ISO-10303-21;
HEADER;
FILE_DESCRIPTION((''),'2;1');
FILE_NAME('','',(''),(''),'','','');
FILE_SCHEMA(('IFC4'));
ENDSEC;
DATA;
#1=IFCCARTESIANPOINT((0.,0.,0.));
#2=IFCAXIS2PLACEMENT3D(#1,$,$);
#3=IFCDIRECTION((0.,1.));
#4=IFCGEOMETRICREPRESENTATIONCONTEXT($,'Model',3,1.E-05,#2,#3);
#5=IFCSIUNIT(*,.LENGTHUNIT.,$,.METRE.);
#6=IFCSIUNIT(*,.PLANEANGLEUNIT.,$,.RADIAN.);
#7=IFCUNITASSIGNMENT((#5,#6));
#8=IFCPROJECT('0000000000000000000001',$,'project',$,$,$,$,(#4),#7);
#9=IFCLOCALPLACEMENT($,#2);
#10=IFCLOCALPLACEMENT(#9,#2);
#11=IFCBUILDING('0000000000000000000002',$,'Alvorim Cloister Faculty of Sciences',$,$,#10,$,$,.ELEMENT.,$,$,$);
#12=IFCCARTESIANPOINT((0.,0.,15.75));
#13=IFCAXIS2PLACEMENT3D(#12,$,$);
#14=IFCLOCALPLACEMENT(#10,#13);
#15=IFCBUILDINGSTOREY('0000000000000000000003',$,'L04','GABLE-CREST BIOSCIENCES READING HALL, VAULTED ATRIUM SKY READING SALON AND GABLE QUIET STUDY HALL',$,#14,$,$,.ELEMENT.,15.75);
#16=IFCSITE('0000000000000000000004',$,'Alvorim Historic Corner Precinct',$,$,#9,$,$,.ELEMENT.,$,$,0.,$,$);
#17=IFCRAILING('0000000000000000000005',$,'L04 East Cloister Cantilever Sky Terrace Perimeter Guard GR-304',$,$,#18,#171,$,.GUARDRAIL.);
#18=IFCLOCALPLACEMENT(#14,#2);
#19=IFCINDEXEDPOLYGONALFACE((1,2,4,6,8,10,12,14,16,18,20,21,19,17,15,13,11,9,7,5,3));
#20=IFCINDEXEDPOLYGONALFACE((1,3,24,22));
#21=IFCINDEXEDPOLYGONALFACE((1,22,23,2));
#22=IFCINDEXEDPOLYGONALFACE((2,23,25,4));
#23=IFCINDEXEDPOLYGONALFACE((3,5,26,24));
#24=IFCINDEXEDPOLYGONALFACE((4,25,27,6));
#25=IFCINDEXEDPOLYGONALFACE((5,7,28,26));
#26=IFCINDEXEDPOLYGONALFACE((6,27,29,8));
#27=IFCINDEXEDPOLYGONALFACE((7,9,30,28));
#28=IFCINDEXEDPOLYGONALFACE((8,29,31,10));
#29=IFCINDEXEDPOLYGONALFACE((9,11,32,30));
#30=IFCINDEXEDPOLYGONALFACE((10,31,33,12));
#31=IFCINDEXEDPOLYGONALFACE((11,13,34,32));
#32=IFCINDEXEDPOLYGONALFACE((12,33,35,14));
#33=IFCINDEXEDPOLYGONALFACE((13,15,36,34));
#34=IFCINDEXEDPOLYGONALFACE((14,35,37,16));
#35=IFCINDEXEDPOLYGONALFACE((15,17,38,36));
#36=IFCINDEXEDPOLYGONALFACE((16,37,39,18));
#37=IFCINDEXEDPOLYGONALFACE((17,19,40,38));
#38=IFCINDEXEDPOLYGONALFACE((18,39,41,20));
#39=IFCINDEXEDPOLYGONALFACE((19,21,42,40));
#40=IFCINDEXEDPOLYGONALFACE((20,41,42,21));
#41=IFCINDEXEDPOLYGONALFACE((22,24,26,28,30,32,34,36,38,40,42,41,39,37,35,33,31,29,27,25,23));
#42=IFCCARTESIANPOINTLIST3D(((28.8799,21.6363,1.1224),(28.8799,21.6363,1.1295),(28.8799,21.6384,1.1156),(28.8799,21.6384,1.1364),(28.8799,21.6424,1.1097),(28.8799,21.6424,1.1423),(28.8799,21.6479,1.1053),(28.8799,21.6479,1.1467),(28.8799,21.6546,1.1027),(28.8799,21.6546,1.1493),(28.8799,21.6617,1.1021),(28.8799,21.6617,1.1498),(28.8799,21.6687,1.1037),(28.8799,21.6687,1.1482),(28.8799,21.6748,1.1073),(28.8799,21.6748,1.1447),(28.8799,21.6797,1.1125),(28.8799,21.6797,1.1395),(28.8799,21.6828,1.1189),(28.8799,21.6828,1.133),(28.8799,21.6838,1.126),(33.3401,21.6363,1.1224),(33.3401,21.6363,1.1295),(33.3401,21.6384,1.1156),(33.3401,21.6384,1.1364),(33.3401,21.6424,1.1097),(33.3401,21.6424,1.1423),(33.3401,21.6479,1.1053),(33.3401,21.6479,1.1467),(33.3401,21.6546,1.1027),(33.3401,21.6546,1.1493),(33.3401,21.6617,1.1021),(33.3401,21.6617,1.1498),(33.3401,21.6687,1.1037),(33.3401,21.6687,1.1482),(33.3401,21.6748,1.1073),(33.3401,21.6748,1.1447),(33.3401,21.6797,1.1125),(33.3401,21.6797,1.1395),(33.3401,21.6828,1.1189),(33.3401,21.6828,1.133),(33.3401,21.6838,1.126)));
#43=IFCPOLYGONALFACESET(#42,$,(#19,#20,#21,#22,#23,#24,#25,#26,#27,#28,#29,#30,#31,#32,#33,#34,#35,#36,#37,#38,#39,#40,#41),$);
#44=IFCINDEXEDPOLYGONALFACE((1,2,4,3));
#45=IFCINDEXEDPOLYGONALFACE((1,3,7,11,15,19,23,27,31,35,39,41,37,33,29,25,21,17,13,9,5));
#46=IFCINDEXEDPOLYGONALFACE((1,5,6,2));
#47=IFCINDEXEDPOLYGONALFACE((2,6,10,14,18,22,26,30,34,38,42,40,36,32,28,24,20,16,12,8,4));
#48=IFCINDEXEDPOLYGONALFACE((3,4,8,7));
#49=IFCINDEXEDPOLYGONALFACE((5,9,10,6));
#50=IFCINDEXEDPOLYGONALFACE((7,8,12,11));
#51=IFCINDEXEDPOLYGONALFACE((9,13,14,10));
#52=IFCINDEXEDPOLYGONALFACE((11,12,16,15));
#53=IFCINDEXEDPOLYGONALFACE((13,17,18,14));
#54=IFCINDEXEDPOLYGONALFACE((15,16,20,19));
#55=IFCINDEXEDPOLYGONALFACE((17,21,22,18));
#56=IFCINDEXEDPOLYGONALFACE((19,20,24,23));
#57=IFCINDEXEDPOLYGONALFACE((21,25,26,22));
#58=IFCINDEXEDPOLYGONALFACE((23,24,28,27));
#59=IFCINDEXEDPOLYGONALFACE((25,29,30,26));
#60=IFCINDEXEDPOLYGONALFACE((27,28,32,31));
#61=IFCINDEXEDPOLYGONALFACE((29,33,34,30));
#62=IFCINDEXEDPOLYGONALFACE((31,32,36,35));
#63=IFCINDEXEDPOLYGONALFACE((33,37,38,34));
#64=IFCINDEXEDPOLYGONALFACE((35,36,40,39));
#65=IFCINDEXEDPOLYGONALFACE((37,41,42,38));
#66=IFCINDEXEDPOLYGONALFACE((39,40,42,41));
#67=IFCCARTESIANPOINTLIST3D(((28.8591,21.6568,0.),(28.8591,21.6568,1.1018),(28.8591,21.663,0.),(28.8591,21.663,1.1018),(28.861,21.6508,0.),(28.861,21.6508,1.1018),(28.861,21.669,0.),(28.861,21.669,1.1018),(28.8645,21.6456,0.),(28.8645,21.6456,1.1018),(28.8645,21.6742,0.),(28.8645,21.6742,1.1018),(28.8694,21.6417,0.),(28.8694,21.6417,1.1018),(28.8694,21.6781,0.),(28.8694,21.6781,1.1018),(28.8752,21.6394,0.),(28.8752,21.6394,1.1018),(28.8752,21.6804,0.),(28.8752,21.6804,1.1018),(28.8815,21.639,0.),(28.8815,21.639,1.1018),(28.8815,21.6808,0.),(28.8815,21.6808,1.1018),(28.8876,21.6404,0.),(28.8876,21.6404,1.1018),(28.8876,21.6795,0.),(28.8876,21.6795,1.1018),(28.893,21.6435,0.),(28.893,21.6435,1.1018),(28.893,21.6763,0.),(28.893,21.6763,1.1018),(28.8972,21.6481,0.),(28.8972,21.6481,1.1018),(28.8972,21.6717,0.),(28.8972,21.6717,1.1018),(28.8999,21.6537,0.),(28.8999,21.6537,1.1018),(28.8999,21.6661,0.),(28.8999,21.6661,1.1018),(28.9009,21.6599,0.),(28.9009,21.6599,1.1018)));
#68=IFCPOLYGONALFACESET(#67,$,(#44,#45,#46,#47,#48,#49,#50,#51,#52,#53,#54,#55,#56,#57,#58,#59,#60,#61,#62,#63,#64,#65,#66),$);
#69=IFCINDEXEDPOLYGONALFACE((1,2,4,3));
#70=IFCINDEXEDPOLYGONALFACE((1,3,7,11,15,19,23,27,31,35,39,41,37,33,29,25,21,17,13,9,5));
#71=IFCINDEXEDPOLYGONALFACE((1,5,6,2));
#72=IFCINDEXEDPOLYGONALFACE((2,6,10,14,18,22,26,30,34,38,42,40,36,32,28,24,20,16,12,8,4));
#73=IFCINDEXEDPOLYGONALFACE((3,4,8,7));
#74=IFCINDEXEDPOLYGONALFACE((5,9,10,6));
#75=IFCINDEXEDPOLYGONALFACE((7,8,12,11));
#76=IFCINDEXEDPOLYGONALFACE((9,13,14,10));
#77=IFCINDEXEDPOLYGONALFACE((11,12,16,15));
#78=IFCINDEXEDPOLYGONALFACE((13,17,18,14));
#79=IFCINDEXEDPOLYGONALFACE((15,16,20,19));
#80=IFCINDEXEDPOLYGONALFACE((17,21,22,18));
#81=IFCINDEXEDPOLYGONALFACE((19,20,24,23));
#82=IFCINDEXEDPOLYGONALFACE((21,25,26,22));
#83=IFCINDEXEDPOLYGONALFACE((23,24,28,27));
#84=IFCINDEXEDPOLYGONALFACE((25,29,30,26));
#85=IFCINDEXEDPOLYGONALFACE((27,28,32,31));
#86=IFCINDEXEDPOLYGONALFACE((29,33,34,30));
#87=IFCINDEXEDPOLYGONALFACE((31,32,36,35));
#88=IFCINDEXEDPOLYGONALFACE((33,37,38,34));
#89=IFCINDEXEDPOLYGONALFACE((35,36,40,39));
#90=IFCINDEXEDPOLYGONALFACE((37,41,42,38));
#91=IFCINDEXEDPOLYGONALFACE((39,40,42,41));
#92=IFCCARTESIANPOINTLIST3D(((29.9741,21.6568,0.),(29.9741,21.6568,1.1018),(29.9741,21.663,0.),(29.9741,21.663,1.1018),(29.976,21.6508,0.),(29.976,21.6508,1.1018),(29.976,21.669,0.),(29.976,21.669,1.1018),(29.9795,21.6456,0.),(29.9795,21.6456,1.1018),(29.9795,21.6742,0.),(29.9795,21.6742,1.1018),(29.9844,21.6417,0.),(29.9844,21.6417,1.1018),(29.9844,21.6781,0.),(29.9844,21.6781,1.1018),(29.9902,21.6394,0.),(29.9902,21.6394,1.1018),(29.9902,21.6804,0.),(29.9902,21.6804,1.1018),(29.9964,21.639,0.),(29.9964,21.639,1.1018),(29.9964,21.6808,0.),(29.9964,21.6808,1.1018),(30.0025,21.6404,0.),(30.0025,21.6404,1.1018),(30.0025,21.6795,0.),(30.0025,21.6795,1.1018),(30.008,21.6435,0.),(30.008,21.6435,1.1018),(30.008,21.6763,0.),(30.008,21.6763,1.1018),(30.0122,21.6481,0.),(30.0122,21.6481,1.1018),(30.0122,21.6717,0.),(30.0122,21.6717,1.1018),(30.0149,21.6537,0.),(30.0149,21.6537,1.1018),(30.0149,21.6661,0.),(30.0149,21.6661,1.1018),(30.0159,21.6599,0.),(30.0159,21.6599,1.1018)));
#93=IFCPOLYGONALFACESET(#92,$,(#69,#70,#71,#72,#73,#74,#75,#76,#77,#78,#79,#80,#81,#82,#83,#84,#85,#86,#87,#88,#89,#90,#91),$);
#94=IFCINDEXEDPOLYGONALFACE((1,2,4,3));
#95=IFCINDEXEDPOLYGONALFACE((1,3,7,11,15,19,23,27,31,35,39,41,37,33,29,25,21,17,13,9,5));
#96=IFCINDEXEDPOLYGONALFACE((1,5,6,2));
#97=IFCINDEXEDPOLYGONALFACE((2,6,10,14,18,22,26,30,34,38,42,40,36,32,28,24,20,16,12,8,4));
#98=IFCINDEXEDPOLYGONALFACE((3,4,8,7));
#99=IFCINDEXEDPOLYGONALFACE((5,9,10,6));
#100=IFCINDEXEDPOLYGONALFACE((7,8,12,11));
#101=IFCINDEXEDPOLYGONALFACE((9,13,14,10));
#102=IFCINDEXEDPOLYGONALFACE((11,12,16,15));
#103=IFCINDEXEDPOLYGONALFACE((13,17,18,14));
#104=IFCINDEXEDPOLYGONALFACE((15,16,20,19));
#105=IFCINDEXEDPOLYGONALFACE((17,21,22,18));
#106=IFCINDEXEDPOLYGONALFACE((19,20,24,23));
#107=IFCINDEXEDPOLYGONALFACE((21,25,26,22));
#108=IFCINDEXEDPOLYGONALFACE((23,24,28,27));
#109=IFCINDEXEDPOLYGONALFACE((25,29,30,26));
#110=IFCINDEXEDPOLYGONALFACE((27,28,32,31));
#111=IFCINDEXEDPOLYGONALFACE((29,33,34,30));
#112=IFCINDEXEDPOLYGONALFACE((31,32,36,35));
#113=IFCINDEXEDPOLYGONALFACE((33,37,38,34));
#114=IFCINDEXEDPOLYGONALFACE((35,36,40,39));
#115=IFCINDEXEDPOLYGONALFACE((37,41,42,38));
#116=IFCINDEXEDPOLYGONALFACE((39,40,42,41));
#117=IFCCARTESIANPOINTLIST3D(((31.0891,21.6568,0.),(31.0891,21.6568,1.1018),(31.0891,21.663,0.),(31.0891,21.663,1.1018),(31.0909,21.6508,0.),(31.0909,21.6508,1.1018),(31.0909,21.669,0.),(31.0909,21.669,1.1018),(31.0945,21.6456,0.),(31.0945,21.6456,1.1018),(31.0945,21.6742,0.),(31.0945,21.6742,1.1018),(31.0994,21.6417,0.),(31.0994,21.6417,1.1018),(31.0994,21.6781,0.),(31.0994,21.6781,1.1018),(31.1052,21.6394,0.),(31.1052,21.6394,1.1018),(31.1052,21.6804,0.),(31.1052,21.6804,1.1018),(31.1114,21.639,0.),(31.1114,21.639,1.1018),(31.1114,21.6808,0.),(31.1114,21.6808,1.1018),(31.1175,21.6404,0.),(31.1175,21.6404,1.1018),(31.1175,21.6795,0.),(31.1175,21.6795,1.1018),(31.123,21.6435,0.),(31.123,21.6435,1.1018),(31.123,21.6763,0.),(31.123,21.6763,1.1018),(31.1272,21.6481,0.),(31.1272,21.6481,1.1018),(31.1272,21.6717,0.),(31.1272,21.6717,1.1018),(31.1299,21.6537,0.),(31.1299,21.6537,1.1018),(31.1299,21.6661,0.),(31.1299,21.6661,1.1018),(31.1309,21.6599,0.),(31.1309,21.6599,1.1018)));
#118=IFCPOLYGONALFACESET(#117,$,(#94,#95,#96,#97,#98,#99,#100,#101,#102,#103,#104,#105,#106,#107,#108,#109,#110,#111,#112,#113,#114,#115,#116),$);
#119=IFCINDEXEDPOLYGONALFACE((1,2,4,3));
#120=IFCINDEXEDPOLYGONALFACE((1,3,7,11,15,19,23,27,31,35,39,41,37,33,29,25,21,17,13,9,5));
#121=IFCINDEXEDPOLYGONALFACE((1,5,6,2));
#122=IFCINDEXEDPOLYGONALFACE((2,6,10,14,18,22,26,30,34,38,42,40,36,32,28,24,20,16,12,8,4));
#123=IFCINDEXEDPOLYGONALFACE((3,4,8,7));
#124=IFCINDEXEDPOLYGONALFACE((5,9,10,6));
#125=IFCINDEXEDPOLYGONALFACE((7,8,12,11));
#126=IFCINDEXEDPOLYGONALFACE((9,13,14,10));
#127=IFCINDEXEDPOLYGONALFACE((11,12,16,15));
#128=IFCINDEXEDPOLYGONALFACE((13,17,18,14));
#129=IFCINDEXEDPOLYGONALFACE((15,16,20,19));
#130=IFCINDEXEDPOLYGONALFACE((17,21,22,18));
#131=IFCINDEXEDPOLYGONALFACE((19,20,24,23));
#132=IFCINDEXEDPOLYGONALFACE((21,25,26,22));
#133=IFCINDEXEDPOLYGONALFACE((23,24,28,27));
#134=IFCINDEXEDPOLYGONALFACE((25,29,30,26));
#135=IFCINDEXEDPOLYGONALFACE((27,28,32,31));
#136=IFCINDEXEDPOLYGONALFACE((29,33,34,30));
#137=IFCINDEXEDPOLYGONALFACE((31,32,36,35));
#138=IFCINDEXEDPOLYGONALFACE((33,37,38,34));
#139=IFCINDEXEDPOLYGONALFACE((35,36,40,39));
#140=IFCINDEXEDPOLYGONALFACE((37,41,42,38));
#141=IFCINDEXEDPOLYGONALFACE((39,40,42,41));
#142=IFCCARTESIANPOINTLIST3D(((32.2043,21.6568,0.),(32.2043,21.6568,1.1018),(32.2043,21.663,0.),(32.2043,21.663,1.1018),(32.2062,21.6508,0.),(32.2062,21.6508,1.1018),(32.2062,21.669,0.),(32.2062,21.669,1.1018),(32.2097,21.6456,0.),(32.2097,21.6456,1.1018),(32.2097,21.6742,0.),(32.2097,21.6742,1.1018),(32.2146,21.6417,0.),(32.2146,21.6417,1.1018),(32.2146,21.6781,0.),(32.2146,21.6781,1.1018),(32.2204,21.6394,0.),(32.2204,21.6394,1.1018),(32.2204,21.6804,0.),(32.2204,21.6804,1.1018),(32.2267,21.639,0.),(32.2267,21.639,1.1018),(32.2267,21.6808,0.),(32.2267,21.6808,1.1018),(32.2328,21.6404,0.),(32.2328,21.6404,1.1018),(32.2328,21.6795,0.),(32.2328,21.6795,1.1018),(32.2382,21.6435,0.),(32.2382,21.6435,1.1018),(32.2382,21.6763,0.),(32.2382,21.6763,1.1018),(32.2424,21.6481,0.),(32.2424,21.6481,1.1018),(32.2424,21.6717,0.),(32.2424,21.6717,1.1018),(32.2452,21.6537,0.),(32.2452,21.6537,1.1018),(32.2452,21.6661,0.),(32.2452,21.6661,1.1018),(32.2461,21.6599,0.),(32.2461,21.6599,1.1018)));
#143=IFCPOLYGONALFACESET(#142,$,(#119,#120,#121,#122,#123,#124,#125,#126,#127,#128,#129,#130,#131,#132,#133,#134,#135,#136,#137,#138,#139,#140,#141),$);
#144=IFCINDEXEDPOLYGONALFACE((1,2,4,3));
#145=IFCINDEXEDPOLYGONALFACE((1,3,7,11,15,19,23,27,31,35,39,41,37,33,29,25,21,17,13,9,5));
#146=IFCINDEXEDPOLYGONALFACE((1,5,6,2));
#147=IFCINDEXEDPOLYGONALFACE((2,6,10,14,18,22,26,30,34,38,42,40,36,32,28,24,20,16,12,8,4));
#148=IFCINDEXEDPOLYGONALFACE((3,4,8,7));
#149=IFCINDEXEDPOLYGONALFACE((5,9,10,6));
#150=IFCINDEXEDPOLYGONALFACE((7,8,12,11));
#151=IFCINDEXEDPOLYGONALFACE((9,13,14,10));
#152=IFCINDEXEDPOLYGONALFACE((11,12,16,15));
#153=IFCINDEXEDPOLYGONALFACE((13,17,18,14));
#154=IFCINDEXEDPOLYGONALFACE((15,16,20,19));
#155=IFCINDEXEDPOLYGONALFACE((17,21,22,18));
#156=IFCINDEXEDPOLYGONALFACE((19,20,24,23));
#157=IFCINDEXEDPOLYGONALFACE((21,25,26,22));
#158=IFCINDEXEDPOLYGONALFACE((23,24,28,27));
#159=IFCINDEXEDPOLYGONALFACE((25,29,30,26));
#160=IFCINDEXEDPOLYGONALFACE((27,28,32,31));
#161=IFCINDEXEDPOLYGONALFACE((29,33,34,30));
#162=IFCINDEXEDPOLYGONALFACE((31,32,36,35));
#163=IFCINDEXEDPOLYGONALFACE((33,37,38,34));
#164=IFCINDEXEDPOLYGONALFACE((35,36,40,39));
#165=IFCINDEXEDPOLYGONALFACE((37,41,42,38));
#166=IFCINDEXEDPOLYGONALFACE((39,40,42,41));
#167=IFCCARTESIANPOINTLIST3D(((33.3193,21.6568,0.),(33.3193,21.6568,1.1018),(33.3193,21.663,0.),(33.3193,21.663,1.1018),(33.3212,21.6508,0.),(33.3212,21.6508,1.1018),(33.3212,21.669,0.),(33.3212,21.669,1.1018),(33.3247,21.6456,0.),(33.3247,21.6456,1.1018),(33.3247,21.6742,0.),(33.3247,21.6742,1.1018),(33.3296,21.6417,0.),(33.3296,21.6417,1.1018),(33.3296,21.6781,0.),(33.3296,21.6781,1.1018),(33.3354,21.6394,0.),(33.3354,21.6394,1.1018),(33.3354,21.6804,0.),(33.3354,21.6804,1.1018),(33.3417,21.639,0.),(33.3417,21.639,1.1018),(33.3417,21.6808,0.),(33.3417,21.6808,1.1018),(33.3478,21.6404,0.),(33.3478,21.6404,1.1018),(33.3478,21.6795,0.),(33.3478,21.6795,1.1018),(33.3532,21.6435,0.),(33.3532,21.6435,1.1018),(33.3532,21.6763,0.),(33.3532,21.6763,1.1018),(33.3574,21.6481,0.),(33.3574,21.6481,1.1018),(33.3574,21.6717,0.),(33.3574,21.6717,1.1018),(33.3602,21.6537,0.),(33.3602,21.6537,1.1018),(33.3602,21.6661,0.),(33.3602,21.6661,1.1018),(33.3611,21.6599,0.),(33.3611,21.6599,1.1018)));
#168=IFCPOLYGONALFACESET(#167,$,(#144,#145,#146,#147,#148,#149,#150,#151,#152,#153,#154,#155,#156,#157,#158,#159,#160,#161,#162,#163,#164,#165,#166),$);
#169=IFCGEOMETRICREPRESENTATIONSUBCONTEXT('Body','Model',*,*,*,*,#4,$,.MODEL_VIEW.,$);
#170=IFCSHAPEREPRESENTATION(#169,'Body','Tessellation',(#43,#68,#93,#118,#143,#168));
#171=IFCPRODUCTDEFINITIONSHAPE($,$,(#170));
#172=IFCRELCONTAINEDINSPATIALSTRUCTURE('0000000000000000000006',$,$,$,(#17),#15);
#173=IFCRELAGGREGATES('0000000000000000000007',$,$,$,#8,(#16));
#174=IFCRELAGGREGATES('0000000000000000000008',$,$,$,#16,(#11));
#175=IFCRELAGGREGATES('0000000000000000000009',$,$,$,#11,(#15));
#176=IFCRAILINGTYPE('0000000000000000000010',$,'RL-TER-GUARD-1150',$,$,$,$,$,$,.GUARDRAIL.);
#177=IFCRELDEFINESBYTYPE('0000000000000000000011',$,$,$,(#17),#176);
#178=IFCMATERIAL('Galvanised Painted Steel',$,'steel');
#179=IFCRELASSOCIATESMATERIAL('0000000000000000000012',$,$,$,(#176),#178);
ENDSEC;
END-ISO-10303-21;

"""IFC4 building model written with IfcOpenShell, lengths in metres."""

from ifc_helpers import new_model, si_unit, direction, frame, origin, origin_2d, place, context, subcontext, project, spatial, circle, extrude, material, type_object, element, save


model = new_model("IFC4")

# Units and contexts
model_context = context("Model", 3, precision=1e-05, world=origin(), true_north=direction((0.0, 1.0)))
body_context = subcontext(model_context, "Body", "Model", "MODEL_VIEW")
ifc_project = project(units=[si_unit("LENGTHUNIT", "METRE"), si_unit("PLANEANGLEUNIT", "RADIAN")], contexts=[model_context])

# Site, building, storey
site_placement = place(None, origin())
site = spatial("IfcSite", under=ifc_project, at=site_placement, Name="Alvorim Historic Corner Precinct", CompositionType="ELEMENT", RefElevation=0.0)
building_placement = place(site_placement, origin())
building = spatial("IfcBuilding", under=site, at=building_placement, Name="Alvorim Cloister Faculty of Sciences", CompositionType="ELEMENT")
storey_placement = place(building_placement, frame((0.0, 0.0, 15.75)))
storey = spatial("IfcBuildingStorey", under=building, at=storey_placement, Name="L04", Description="GABLE-CREST BIOSCIENCES READING HALL, VAULTED ATRIUM SKY READING SALON AND GABLE QUIET STUDY HALL", CompositionType="ELEMENT", Elevation=15.75)

# Railing
ifc_material_1 = material(Name="Galvanised Painted Steel", Category="steel")
railing_type = type_object("IfcRailingType", Name="RL-TER-GUARD-1150", PredefinedType="GUARDRAIL", material=ifc_material_1)
railing_1_placement = place(storey_placement, frame((28.8799, 21.6599, 0.0)))
element("IfcRailing", 1, at=railing_1_placement, inside=storey, type_object=railing_type, Name="L04 East Cloister Cantilever Sky Terrace Perimeter Guard GR-304", PredefinedType="GUARDRAIL", context=body_context, shape_type="SweptSolid", body=[
    extrude(circle(Radius=0.0239, at=origin_2d()), frame((0.0, 0.0, 1.126), z_axis=(1.0, 0.0, 0.0), x_axis=(0.0, 1.0, 0.0)), (0.0, 0.0, 1.0), 4.4602),
    extrude(circle(Radius=0.021, at=origin_2d()), origin(), (0.0, 0.0, 1.0), 1.1018),
    extrude(circle(Radius=0.021, at=origin_2d()), frame((1.115, 0.0, 0.0)), (0.0, 0.0, 1.0), 1.1018),
    extrude(circle(Radius=0.021, at=origin_2d()), frame((2.23, 0.0, 0.0)), (0.0, 0.0, 1.0), 1.1018),
    extrude(circle(Radius=0.021, at=origin_2d()), frame((3.3452, 0.0, 0.0)), (0.0, 0.0, 1.0), 1.1018),
    extrude(circle(Radius=0.021, at=origin_2d()), frame((4.4602, 0.0, 0.0)), (0.0, 0.0, 1.0), 1.1018),
])

save(model, "model.ifc")
